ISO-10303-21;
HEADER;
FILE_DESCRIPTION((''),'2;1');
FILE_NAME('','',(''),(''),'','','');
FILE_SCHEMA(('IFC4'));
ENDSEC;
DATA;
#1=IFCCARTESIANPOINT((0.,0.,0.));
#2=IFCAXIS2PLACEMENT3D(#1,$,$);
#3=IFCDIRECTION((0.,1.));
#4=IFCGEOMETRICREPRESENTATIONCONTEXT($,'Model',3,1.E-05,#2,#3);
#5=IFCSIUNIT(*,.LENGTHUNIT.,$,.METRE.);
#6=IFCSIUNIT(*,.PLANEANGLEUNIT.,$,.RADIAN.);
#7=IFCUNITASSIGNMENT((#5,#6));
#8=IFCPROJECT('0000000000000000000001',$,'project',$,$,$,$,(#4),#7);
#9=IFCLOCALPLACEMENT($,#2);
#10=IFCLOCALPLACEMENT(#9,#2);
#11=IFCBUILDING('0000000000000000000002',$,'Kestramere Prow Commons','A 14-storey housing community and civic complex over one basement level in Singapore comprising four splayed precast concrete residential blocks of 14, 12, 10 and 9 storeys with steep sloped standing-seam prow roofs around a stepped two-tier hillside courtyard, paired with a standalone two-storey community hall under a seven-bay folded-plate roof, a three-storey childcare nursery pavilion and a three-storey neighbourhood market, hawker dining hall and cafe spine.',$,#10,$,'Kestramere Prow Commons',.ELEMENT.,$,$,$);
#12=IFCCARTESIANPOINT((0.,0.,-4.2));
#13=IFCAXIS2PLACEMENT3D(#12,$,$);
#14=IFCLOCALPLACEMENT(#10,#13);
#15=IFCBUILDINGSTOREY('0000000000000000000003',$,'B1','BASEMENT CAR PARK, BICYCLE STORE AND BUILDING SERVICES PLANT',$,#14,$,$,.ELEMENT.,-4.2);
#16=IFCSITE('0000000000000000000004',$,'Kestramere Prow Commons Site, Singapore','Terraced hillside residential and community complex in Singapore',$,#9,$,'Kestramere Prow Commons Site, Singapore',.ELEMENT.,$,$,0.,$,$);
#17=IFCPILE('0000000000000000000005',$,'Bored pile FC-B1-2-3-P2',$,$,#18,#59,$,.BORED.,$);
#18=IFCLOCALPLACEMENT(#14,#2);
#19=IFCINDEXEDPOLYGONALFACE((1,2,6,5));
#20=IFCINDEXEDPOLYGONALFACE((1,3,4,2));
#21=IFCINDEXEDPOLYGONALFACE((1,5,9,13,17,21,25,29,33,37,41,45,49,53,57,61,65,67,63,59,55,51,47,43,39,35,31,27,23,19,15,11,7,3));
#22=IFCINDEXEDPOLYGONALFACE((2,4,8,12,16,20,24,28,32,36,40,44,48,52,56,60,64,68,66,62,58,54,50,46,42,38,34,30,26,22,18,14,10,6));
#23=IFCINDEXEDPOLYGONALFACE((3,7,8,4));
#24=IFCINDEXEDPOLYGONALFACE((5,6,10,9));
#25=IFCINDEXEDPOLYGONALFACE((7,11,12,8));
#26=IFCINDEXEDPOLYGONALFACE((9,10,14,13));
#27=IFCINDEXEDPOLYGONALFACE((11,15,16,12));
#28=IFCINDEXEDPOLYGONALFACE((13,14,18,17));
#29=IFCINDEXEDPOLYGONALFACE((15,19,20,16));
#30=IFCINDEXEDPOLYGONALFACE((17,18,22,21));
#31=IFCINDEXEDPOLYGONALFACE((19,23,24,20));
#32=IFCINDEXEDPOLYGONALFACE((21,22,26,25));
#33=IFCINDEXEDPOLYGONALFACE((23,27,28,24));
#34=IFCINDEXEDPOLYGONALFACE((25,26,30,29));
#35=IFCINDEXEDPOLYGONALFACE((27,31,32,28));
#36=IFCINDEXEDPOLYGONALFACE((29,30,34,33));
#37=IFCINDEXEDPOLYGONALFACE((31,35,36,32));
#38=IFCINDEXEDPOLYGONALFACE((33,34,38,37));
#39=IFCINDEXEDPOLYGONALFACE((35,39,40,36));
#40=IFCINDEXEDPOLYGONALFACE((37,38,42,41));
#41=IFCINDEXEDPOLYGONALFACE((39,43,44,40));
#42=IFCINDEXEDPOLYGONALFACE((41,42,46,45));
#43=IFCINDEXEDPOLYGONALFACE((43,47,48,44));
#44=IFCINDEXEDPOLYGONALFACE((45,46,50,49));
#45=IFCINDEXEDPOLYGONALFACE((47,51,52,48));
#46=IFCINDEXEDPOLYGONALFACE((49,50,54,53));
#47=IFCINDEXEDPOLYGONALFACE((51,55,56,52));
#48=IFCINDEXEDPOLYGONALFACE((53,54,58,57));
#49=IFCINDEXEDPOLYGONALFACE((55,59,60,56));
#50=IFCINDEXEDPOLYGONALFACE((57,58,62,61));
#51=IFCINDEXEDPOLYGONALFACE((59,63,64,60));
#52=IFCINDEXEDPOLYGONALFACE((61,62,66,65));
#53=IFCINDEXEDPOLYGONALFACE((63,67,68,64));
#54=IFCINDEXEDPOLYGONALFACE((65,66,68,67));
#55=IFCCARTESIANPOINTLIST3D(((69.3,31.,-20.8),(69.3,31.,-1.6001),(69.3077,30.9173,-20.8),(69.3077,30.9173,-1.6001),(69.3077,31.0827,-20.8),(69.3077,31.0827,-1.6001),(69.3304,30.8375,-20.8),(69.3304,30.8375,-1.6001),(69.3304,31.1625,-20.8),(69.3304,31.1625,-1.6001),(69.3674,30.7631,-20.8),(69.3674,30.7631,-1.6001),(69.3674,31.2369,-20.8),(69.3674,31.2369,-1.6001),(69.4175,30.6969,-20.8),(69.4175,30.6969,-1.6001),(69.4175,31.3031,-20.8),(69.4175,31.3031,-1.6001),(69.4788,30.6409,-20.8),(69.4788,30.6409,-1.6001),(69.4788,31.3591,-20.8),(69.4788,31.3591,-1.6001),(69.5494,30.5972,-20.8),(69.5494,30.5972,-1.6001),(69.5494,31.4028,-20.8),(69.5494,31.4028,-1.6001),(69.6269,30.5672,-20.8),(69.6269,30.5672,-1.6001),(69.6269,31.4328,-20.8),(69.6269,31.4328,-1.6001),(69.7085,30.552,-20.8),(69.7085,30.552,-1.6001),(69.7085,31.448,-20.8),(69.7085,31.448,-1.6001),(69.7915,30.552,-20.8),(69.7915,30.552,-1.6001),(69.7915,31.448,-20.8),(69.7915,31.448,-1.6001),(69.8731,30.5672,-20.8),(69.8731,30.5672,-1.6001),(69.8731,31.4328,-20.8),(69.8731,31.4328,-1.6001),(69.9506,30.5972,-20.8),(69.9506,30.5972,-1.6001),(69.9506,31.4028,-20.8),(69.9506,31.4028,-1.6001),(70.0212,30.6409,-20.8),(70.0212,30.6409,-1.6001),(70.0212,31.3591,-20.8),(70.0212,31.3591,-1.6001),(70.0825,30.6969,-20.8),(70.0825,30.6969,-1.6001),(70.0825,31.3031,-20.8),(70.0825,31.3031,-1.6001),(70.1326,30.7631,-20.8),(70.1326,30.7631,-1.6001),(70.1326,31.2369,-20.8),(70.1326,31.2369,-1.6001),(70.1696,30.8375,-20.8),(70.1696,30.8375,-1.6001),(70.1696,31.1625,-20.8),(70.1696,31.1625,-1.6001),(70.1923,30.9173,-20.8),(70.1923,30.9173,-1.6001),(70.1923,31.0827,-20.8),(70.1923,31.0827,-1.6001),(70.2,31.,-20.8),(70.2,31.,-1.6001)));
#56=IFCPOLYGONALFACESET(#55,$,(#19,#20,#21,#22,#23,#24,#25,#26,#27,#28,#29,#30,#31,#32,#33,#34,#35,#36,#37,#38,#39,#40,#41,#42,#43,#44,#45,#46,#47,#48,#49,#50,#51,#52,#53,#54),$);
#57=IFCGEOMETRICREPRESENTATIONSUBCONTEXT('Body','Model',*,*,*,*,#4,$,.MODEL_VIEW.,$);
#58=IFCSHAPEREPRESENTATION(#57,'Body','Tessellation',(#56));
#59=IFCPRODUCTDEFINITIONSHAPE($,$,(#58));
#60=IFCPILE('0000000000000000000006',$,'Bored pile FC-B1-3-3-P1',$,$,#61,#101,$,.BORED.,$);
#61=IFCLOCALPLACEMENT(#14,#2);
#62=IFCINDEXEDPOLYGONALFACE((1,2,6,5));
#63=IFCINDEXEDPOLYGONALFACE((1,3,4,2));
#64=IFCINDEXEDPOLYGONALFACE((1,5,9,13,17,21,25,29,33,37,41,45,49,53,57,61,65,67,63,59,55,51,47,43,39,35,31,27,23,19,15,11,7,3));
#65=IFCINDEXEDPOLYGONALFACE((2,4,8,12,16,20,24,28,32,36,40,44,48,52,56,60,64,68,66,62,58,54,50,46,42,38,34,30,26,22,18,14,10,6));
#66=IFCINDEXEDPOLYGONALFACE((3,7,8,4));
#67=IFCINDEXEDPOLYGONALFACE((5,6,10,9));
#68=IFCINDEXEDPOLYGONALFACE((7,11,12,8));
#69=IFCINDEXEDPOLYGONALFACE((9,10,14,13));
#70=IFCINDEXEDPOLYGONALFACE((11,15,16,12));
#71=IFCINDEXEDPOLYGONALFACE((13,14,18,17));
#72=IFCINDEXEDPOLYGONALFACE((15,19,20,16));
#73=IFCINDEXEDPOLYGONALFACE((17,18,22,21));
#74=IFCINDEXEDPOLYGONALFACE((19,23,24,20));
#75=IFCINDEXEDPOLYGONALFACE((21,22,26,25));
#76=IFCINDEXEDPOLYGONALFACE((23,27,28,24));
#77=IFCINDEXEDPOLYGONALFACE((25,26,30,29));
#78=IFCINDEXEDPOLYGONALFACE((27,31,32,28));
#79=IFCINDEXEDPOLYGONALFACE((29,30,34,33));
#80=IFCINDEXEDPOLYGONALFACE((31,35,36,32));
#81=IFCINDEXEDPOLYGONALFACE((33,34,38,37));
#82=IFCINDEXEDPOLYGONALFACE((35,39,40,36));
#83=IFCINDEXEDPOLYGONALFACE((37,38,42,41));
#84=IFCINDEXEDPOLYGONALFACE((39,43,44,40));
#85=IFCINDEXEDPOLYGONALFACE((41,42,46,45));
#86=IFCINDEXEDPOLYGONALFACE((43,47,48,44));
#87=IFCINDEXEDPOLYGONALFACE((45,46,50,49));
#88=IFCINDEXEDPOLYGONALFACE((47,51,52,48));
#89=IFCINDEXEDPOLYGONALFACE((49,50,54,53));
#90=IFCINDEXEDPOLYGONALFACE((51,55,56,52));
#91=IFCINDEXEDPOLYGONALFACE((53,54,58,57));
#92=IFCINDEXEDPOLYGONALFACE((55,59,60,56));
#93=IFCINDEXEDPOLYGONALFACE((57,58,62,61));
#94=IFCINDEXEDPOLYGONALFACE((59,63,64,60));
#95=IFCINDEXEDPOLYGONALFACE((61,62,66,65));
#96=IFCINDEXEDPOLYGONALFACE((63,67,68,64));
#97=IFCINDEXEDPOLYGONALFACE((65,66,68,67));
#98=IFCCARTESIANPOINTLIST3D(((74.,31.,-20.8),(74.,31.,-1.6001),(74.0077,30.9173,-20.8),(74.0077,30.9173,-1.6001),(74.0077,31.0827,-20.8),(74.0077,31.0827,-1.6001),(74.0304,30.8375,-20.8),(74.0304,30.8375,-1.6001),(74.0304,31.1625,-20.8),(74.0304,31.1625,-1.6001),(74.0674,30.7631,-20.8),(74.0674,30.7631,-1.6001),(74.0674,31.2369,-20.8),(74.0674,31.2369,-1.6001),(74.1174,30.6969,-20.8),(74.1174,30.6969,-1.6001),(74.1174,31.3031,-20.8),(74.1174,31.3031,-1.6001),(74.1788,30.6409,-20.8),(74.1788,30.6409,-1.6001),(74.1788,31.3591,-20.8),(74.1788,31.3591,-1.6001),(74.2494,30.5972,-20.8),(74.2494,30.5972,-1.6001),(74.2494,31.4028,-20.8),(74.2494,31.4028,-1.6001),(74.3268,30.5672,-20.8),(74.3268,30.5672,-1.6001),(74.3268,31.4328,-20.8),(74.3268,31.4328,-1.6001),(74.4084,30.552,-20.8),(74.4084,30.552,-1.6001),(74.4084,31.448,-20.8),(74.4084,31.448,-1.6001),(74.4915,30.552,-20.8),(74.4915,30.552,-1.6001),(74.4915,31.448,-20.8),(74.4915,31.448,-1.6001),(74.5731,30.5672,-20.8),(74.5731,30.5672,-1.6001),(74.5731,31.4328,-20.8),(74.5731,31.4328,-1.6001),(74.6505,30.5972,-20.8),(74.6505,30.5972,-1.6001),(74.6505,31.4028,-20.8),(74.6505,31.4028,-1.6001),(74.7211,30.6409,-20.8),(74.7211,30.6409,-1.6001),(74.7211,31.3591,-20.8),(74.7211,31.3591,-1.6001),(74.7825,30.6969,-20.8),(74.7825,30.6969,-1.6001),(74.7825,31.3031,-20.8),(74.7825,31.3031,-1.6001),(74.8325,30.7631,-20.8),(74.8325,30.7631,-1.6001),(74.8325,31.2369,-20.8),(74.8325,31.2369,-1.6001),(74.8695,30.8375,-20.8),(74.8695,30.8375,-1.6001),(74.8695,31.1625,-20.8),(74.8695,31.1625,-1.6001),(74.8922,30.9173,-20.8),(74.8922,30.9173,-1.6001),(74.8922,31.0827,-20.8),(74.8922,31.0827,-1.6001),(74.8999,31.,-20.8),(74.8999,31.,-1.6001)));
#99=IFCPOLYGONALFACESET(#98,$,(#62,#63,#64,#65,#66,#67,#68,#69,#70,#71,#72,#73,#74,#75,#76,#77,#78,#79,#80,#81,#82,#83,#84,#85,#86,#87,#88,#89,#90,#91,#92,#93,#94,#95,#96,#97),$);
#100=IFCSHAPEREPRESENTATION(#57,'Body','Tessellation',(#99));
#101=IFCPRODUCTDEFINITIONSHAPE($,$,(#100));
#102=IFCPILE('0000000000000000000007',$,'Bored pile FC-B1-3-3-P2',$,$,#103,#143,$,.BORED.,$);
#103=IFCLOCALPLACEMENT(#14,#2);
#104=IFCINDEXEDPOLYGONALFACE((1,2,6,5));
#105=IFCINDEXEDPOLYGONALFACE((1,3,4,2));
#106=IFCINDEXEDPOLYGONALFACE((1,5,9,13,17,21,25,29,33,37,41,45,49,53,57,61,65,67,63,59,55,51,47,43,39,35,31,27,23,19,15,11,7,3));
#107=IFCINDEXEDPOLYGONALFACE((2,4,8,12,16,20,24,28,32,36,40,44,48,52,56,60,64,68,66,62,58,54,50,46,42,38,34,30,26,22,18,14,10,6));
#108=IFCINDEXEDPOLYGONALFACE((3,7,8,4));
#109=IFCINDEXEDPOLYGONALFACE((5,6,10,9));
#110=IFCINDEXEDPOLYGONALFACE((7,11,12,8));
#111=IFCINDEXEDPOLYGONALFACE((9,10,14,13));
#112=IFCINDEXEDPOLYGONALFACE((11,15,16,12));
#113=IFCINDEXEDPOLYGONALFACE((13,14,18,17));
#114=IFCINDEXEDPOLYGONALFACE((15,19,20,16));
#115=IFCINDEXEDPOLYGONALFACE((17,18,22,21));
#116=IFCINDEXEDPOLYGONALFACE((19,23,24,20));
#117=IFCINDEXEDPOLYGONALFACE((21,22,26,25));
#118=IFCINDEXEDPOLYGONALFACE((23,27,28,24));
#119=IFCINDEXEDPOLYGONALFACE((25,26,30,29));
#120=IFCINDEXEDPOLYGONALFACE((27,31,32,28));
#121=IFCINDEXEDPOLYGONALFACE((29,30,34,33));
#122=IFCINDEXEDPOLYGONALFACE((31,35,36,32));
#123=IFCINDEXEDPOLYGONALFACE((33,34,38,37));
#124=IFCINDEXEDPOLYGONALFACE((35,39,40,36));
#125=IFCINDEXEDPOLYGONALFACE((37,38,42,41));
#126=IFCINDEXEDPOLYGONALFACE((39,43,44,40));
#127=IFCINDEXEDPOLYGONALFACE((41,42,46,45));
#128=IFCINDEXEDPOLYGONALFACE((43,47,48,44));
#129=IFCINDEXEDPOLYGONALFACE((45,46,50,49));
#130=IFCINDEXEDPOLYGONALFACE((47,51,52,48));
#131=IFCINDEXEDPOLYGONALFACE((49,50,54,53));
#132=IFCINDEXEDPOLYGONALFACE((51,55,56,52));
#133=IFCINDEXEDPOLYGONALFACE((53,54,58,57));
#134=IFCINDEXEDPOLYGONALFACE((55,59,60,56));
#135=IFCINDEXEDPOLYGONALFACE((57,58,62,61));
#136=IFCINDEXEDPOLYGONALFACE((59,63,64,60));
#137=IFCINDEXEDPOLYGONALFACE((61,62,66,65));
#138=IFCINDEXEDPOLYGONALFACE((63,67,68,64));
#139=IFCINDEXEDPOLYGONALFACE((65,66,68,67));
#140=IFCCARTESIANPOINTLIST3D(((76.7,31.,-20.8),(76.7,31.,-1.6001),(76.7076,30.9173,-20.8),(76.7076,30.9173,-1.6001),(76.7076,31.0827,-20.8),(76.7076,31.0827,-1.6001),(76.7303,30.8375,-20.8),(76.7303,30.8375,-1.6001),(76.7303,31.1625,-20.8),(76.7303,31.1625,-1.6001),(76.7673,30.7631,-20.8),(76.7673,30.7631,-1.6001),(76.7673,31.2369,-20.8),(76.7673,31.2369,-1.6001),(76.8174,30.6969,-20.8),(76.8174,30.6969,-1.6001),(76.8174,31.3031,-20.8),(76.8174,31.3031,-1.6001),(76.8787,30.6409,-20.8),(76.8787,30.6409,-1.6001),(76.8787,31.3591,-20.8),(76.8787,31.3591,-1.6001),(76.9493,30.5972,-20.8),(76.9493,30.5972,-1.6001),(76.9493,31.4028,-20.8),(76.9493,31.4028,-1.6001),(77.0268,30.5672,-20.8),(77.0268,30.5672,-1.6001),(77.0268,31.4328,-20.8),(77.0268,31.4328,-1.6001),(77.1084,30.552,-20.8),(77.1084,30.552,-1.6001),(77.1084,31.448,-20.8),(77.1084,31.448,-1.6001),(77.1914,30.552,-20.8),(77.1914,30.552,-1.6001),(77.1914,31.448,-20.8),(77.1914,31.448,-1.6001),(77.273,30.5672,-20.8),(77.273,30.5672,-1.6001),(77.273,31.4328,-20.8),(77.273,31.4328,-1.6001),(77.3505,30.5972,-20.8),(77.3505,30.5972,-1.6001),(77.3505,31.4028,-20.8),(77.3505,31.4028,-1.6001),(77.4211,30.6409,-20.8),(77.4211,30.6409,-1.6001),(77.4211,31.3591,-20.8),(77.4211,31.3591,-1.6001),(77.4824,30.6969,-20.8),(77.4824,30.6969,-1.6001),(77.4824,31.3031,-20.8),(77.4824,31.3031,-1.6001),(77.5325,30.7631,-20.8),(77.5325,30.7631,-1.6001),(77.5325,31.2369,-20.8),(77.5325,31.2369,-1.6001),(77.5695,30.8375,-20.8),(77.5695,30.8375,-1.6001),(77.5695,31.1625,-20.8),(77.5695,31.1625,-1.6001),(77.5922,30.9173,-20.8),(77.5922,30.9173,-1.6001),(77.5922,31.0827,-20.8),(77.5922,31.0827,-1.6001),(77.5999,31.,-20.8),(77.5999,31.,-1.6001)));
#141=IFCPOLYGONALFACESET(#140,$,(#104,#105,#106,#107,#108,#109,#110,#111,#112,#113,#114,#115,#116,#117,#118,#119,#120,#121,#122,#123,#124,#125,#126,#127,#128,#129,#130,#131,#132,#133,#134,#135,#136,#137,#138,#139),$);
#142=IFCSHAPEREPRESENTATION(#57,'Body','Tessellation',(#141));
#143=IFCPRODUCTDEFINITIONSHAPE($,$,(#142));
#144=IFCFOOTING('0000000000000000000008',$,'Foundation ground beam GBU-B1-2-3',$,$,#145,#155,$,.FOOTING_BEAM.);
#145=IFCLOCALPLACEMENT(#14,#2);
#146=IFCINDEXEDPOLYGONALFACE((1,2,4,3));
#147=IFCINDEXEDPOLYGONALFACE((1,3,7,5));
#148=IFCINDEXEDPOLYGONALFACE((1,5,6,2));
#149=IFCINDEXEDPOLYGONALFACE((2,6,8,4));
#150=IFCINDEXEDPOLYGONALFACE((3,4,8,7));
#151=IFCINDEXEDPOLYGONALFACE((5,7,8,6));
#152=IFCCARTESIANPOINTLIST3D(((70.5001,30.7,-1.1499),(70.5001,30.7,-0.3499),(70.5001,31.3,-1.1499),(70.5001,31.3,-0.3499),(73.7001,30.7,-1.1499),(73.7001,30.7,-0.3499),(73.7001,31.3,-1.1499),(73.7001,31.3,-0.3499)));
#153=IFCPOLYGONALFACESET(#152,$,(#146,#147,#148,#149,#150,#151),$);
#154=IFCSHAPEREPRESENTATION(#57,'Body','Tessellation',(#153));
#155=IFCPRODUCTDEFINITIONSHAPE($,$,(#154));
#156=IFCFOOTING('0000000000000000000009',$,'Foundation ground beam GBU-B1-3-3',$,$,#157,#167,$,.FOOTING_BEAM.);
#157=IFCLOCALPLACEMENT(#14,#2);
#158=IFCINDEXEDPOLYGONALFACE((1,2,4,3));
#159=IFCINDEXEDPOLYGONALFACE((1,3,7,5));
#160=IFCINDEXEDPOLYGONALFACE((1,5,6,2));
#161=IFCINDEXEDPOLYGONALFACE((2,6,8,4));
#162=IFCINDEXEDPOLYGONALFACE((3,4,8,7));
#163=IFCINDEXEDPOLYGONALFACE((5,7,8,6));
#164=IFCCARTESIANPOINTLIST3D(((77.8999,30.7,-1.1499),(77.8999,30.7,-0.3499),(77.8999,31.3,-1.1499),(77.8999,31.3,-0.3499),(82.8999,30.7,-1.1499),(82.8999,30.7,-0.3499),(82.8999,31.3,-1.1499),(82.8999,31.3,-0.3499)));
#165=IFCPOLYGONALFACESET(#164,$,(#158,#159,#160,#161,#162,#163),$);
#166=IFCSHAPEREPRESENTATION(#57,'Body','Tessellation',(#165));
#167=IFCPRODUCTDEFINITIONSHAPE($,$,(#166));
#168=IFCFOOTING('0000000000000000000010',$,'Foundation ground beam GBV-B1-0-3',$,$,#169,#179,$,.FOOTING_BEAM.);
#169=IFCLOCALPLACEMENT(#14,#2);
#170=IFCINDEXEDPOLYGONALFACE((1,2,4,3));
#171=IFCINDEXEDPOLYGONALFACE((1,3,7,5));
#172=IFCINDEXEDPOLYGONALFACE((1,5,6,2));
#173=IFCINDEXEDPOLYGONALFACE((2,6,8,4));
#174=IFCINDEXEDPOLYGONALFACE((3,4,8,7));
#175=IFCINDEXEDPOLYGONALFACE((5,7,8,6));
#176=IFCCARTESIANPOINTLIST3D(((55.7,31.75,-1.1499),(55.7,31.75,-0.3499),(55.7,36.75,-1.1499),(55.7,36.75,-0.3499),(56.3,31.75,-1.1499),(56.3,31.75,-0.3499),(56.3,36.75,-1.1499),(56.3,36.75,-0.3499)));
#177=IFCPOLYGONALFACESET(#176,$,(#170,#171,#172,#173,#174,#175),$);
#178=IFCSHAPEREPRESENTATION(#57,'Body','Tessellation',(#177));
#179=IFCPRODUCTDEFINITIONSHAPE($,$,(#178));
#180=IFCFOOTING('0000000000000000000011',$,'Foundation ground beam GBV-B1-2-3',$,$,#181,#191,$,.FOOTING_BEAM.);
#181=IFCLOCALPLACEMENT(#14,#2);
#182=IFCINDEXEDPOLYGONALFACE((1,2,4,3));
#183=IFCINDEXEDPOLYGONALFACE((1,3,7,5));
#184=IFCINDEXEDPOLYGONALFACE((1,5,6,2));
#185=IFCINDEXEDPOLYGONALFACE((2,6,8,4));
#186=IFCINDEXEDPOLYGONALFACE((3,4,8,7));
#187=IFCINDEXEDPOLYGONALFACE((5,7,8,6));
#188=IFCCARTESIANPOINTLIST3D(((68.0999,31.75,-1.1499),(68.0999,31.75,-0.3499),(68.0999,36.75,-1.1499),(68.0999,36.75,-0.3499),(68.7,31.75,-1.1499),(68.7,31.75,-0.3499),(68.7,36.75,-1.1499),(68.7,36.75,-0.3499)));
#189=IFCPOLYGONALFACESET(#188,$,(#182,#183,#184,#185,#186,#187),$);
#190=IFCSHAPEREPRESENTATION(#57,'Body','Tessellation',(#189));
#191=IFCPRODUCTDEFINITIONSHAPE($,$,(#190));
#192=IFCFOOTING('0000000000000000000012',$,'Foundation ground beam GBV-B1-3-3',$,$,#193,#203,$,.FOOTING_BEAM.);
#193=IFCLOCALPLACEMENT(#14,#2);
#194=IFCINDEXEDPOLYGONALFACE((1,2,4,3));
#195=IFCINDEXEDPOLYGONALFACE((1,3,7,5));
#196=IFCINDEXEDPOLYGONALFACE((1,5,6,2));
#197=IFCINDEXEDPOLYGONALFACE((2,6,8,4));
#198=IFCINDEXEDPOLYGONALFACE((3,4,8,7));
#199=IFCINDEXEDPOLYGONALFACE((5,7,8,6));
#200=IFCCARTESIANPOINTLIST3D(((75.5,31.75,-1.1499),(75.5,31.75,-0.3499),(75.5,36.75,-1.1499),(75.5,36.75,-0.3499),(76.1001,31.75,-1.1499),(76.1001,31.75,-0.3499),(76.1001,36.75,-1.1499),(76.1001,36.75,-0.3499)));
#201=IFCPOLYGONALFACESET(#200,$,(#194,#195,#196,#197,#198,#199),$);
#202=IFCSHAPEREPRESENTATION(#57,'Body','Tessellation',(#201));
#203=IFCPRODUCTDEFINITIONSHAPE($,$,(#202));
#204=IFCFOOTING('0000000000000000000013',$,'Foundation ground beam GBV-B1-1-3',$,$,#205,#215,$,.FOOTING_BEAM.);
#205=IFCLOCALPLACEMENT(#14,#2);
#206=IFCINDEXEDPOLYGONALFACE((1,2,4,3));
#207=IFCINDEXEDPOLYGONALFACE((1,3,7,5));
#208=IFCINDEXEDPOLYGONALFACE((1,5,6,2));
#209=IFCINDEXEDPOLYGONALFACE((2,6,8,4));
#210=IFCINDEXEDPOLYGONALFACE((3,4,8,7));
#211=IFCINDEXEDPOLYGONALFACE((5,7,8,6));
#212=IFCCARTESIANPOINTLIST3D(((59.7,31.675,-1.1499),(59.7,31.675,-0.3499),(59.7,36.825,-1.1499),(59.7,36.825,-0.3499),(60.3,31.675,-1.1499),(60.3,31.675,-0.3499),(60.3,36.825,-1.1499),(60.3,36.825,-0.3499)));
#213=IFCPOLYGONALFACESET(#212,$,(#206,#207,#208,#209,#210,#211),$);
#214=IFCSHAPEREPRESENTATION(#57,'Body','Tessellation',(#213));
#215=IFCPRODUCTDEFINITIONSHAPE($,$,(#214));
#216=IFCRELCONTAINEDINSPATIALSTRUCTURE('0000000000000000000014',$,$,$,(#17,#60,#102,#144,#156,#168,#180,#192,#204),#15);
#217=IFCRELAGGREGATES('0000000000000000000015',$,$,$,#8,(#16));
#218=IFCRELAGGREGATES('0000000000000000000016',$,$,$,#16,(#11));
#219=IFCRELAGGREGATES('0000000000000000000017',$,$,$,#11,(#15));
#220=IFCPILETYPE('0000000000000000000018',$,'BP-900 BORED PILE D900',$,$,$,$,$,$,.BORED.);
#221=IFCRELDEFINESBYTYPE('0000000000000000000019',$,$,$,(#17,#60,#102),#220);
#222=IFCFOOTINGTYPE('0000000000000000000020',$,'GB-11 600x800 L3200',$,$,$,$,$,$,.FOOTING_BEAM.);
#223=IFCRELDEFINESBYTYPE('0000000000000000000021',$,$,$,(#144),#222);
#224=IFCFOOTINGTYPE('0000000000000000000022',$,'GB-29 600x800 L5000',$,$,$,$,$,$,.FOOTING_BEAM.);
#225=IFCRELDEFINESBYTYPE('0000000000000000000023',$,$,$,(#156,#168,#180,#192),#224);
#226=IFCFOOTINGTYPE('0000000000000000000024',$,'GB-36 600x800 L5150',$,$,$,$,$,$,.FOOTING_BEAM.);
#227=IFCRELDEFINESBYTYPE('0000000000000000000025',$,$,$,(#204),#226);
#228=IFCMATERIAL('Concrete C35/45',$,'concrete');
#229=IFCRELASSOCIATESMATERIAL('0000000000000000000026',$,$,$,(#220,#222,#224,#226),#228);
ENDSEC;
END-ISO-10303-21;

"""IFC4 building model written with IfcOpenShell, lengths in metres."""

from ifc_helpers import new_model, si_unit, direction, frame, origin, origin_2d, place, context, subcontext, project, spatial, rectangle, circle, extrude, material, material_profile, profile_set, type_object, element, save


model = new_model("IFC4")

# Units and contexts
model_context = context("Model", 3, precision=1e-05, world=origin(), true_north=direction((0.0, 1.0)))
body_context = subcontext(model_context, "Body", "Model", "MODEL_VIEW")
ifc_project = project(units=[si_unit("LENGTHUNIT", "METRE"), si_unit("PLANEANGLEUNIT", "RADIAN")], contexts=[model_context])

# Site, building, storey
site_placement = place(None, origin())
site = spatial("IfcSite", under=ifc_project, at=site_placement, Name="Kestramere Prow Commons Site, Singapore", Description="Terraced hillside residential and community complex in Singapore", LongName="Kestramere Prow Commons Site, Singapore", CompositionType="ELEMENT", RefElevation=0.0)
building_placement = place(site_placement, origin())
building = spatial("IfcBuilding", under=site, at=building_placement, Name="Kestramere Prow Commons", Description="A 14-storey housing community and civic complex over one basement level in Singapore comprising four splayed precast concrete residential blocks of 14, 12, 10 and 9 storeys with steep sloped standing-seam prow roofs around a stepped two-tier hillside courtyard, paired with a standalone two-storey community hall under a seven-bay folded-plate roof, a three-storey childcare nursery pavilion and a three-storey neighbourhood market, hawker dining hall and cafe spine.", LongName="Kestramere Prow Commons", CompositionType="ELEMENT")
storey_placement = place(building_placement, frame((0.0, 0.0, -4.2)))
storey = spatial("IfcBuildingStorey", under=building, at=storey_placement, Name="B1", Description="BASEMENT CAR PARK, BICYCLE STORE AND BUILDING SERVICES PLANT", CompositionType="ELEMENT", Elevation=-4.2)

# Piles
ifc_material_1 = material(Name="Concrete C35/45", Category="concrete")
ifc_material_profile_1 = material_profile(ifc_material_1, circle(Radius=0.45, at=origin_2d()), Name="BORED PILE D900")
ifc_profile_set_1 = profile_set([ifc_material_profile_1], Name="Concrete C35/45")
pile_type = type_object("IfcPileType", Name="BP-900 BORED PILE D900", PredefinedType="BORED", material=ifc_profile_set_1)
for number, where, z_axis, x_axis, name in (
    (1, (69.75, 31.0, -1.6001), (0.0, 0.0, -1.0), (1.0, 0.0, 0.0), "Bored pile FC-B1-2-3-P2"),
    (2, (74.45, 31.0, -1.6001), (0.0, 0.0, -1.0), (1.0, 0.0, 0.0), "Bored pile FC-B1-3-3-P1"),
    (3, (77.1499, 31.0, -1.6001), (0.0, 0.0, -1.0), (1.0, 0.0, 0.0), "Bored pile FC-B1-3-3-P2"),
):
    element("IfcPile", number, at=place(storey_placement, frame(where, z_axis=z_axis, x_axis=x_axis)), inside=storey, type_object=pile_type, Name=name, PredefinedType="BORED", context=body_context, shape_type="SweptSolid", body=[
        extrude(circle(Radius=0.45, at=origin_2d()), origin(), (0.0, 0.0, 1.0), 19.2),
    ])

# Footings
footing_type_1 = type_object("IfcFootingType", Name="GB-11 600x800 L3200", PredefinedType="FOOTING_BEAM", material=ifc_material_1)
footing_1_placement = place(storey_placement, frame((72.1001, 31.0, -1.1499), z_axis=(0.0, 0.0, 1.0), x_axis=(1.0, 0.0, 0.0)))
element("IfcFooting", 4, at=footing_1_placement, inside=storey, type_object=footing_type_1, Name="Foundation ground beam GBU-B1-2-3", PredefinedType="FOOTING_BEAM", context=body_context, shape_type="SweptSolid", body=[
    extrude(rectangle(XDim=3.2, YDim=0.6001, at=origin_2d()), origin(), (0.0, 0.0, 1.0), 0.8),
])
footing_type_2 = type_object("IfcFootingType", Name="GB-29 600x800 L5000", PredefinedType="FOOTING_BEAM", material=ifc_material_1)
for number, where, z_axis, x_axis, name in (
    (5, (80.3999, 31.0, -1.1499), (0.0, 0.0, 1.0), (1.0, 0.0, 0.0), "Foundation ground beam GBU-B1-3-3"),
    (6, (56.0, 34.25, -1.1499), (0.0, 0.0, 1.0), (0.0, 1.0, 0.0), "Foundation ground beam GBV-B1-0-3"),
    (7, (68.3999, 34.25, -1.1499), (0.0, 0.0, 1.0), (0.0, 1.0, 0.0), "Foundation ground beam GBV-B1-2-3"),
    (8, (75.8, 34.25, -1.1499), (0.0, 0.0, 1.0), (0.0, 1.0, 0.0), "Foundation ground beam GBV-B1-3-3"),
):
    element("IfcFooting", number, at=place(storey_placement, frame(where, z_axis=z_axis, x_axis=x_axis)), inside=storey, type_object=footing_type_2, Name=name, PredefinedType="FOOTING_BEAM", context=body_context, shape_type="SweptSolid", body=[
        extrude(rectangle(XDim=5.0, YDim=0.6001, at=origin_2d()), origin(), (0.0, 0.0, 1.0), 0.8),
    ])
footing_type_3 = type_object("IfcFootingType", Name="GB-36 600x800 L5150", PredefinedType="FOOTING_BEAM", material=ifc_material_1)
footing_2_placement = place(storey_placement, frame((60.0, 34.25, -1.1499), z_axis=(0.0, 0.0, 1.0), x_axis=(0.0, 1.0, 0.0)))
element("IfcFooting", 9, at=footing_2_placement, inside=storey, type_object=footing_type_3, Name="Foundation ground beam GBV-B1-1-3", PredefinedType="FOOTING_BEAM", context=body_context, shape_type="SweptSolid", body=[
    extrude(rectangle(XDim=5.1499, YDim=0.6001, at=origin_2d()), origin(), (0.0, 0.0, 1.0), 0.8),
])

save(model, "model.ifc")
